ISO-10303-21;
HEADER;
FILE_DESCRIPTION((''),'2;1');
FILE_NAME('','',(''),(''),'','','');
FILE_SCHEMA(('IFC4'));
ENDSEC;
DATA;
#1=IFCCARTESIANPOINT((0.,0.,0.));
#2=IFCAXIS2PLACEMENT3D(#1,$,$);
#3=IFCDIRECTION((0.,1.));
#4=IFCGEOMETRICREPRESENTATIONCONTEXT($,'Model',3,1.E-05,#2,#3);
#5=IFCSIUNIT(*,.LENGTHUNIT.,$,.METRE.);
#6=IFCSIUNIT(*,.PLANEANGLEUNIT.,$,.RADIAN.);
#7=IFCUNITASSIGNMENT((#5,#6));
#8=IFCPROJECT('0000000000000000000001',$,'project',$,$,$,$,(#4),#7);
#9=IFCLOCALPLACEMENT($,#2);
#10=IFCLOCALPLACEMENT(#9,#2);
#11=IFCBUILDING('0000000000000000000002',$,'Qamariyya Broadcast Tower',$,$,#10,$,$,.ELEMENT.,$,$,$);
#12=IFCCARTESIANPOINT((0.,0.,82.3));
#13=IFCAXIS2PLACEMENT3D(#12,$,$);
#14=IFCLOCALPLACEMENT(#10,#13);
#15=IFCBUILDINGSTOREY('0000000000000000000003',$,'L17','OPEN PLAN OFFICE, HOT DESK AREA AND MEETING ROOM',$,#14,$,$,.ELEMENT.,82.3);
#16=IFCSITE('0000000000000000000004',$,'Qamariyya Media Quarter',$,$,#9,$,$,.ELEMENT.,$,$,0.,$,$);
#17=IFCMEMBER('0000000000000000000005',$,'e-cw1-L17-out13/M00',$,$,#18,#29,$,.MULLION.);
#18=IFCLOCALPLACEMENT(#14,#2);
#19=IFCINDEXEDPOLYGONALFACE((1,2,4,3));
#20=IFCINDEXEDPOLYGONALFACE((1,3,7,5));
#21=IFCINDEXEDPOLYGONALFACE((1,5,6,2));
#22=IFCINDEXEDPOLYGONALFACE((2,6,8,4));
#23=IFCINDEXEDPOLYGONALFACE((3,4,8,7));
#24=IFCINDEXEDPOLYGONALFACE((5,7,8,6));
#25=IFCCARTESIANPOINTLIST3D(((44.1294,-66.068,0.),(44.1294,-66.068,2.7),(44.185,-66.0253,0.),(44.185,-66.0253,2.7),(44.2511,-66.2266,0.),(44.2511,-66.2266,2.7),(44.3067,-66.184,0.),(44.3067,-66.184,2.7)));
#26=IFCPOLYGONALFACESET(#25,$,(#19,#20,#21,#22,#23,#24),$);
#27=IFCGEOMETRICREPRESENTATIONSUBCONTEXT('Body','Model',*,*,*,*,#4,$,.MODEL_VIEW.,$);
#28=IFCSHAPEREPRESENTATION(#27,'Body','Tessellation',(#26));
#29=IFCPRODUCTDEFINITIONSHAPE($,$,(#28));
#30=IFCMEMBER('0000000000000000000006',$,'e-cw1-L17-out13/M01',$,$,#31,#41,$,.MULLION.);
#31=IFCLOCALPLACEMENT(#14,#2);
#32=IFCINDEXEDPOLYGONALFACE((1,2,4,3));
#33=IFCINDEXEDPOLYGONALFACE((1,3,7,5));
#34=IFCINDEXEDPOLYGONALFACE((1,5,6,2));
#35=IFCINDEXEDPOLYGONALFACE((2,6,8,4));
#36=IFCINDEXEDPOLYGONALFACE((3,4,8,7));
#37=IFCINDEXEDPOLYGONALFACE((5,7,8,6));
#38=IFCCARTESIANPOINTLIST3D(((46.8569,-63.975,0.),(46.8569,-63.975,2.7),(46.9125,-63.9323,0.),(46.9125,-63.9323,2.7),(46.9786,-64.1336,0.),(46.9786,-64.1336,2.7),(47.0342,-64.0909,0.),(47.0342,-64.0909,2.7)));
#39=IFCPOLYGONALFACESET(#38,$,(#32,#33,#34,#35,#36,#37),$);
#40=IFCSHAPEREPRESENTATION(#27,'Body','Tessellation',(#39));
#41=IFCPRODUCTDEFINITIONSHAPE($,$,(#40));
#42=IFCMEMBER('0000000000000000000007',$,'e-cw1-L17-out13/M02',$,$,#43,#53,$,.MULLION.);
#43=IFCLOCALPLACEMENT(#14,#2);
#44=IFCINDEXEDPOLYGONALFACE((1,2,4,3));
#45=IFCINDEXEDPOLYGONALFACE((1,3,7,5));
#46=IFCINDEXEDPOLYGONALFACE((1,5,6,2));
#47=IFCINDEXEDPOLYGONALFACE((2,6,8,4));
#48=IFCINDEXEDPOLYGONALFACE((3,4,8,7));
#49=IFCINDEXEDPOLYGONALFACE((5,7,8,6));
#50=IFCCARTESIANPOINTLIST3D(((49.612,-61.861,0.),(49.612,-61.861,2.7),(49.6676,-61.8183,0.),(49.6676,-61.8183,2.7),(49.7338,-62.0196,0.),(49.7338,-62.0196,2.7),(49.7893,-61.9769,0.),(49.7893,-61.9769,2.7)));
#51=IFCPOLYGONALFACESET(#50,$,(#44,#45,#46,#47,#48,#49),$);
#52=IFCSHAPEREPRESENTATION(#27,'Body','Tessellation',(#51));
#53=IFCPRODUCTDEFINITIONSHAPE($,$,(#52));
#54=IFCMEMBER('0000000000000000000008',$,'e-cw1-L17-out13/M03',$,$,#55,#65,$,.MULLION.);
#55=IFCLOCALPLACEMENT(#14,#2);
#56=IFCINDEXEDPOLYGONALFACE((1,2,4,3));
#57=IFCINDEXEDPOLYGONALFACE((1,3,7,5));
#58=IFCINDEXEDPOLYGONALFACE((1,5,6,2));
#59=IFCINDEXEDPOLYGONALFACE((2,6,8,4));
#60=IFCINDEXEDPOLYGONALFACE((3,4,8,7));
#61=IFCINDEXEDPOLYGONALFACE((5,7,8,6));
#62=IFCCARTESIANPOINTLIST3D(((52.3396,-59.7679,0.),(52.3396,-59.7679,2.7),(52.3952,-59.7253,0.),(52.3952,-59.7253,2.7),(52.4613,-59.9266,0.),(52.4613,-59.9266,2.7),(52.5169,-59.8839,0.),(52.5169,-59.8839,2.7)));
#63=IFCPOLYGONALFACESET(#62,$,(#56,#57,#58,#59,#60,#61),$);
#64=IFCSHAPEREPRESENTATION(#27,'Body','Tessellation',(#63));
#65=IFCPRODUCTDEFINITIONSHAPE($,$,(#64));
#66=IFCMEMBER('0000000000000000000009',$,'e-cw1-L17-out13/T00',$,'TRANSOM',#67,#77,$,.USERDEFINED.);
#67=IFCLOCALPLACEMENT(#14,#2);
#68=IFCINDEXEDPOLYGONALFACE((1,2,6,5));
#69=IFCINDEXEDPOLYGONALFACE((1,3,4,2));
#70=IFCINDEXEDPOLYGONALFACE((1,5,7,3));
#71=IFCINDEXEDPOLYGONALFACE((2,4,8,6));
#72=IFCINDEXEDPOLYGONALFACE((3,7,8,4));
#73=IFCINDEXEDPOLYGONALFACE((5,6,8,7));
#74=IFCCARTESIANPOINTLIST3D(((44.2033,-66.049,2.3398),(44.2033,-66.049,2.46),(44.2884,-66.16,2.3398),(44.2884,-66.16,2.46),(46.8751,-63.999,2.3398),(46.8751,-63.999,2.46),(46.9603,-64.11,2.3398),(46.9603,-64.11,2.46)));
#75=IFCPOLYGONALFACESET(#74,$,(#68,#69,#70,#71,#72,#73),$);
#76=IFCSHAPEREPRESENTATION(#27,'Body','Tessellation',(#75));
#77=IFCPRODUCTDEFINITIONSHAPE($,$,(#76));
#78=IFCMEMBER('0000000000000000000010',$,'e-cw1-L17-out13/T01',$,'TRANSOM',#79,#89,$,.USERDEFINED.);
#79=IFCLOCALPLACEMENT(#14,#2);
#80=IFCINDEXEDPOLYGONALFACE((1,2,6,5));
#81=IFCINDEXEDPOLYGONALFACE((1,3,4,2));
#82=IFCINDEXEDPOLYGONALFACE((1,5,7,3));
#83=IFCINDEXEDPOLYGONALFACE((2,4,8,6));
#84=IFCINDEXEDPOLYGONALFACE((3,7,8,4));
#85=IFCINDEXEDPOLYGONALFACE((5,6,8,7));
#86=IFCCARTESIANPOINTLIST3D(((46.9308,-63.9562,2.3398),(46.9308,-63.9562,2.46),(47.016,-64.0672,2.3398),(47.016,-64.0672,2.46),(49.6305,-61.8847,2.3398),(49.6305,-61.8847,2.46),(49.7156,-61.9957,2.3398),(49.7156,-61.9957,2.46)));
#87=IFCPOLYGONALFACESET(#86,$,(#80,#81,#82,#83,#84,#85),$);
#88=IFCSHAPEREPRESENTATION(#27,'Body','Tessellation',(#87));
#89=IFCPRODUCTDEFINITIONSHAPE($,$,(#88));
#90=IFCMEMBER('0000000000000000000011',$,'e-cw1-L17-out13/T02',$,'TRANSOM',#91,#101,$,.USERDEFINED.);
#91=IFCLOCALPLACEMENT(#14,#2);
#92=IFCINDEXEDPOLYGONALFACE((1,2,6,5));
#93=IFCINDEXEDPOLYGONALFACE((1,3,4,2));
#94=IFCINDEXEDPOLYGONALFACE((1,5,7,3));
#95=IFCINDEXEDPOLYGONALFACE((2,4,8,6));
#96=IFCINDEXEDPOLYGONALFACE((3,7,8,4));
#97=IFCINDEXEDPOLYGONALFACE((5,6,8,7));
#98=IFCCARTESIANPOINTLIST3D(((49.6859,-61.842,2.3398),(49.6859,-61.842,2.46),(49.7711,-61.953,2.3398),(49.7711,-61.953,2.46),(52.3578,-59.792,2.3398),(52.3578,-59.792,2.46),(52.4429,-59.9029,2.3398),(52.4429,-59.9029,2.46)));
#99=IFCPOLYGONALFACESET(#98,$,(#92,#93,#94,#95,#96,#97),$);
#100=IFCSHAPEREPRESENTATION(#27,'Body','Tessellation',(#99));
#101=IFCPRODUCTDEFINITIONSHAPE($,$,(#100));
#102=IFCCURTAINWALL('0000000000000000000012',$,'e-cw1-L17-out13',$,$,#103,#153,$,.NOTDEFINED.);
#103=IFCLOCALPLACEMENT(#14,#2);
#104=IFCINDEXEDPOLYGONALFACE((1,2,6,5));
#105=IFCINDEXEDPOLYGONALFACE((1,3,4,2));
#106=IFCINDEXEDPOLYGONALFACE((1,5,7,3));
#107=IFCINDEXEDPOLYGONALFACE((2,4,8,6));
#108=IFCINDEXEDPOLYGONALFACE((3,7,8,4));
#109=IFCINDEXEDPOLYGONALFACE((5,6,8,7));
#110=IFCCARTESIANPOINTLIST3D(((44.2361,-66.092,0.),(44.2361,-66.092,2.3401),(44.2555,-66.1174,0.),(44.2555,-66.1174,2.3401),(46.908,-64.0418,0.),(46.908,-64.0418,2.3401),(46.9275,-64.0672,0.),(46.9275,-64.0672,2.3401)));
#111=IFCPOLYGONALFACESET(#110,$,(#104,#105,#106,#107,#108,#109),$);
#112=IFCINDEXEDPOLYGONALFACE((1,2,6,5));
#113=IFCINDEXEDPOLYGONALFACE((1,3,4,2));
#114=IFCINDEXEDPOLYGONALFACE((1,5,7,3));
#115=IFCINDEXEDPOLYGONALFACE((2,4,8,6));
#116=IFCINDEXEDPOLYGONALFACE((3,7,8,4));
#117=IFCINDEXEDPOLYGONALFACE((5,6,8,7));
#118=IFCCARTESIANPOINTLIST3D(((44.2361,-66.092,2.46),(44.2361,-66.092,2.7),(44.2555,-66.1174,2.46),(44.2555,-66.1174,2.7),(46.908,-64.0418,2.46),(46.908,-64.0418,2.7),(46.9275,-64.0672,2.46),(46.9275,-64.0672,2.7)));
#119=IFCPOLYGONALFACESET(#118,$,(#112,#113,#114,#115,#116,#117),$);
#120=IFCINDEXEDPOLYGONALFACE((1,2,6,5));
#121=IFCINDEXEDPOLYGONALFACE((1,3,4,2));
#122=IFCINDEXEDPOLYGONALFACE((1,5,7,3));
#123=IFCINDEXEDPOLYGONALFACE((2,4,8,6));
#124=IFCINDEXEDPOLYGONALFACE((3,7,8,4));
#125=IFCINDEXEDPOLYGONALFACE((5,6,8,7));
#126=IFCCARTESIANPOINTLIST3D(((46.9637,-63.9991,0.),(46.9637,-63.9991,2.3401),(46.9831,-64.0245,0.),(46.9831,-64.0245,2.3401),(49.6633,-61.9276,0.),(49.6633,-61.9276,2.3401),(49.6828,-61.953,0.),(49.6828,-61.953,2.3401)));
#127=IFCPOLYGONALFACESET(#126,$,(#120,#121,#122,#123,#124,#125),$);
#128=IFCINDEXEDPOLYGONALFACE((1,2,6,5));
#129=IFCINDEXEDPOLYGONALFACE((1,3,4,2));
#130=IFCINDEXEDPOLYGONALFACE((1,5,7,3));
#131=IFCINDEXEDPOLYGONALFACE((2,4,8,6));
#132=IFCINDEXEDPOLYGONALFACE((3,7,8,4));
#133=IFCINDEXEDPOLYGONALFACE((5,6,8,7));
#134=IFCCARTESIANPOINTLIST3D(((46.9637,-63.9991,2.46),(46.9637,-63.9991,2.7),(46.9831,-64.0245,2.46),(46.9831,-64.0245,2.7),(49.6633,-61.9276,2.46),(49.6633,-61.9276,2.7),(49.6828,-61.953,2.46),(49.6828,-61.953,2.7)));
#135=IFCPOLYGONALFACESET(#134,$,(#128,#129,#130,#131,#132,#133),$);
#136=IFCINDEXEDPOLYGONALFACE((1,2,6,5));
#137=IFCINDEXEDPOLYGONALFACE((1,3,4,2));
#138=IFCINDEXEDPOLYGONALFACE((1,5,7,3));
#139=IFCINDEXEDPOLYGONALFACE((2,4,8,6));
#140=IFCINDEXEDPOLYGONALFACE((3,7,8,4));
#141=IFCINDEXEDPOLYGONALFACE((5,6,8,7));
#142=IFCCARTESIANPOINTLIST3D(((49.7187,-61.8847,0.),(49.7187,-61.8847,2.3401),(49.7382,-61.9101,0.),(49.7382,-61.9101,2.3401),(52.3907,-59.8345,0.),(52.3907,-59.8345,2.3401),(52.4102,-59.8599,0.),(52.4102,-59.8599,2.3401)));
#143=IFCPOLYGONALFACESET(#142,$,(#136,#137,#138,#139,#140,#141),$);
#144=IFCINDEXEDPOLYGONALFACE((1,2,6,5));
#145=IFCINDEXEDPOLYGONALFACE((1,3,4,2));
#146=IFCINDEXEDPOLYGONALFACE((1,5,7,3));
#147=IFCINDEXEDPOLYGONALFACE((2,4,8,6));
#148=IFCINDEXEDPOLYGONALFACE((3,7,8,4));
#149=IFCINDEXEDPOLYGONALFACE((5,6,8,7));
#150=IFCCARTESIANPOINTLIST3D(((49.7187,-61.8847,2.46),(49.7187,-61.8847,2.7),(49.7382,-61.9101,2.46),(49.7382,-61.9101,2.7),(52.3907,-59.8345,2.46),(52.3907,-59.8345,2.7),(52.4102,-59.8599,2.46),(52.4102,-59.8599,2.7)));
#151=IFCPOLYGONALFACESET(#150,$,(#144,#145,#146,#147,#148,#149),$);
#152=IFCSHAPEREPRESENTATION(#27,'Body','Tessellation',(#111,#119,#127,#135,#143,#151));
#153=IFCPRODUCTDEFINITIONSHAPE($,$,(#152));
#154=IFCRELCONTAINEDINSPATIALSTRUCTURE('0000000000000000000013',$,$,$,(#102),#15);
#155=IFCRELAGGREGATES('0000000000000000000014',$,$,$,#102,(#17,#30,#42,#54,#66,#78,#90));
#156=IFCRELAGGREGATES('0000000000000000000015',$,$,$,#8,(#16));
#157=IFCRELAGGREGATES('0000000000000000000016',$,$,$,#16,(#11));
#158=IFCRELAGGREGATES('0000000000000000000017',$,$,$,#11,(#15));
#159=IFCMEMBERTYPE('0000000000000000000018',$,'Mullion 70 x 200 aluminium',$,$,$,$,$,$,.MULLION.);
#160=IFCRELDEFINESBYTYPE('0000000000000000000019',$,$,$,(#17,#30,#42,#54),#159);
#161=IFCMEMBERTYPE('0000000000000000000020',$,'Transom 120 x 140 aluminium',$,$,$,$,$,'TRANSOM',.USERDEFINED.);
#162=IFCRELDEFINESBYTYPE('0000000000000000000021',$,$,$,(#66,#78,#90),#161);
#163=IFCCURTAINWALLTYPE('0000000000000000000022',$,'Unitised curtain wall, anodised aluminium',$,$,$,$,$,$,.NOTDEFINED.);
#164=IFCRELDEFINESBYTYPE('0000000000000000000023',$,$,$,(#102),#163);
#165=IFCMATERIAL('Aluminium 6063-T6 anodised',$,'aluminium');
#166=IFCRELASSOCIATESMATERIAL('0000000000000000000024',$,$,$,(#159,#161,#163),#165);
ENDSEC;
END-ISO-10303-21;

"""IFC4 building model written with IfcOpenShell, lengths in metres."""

from ifc_helpers import new_model, si_unit, direction, frame, origin, origin_2d, place, context, subcontext, project, spatial, rectangle, extrude, material, material_profile, profile_set, type_object, element, aggregate, save


model = new_model("IFC4")

# Units and contexts
model_context = context("Model", 3, precision=1e-05, world=origin(), true_north=direction((0.0, 1.0)))
body_context = subcontext(model_context, "Body", "Model", "MODEL_VIEW")
ifc_project = project(units=[si_unit("LENGTHUNIT", "METRE"), si_unit("PLANEANGLEUNIT", "RADIAN")], contexts=[model_context])

# Members
ifc_material = material(Name="Aluminium 6063-T6 anodised", Category="aluminium")
ifc_material_profile_1 = material_profile(ifc_material, rectangle(XDim=0.2, YDim=0.0701, at=origin_2d()))
ifc_profile_set_1 = profile_set([ifc_material_profile_1], Name="Aluminium 6063-T6 anodised")
member_type_1 = type_object("IfcMemberType", Name="Mullion 70 x 200 aluminium", PredefinedType="MULLION", material=ifc_profile_set_1)
site_placement = place(None, origin())
building_placement = place(site_placement, origin())
storey_placement = place(building_placement, frame((0.0, 0.0, 82.3)))
member_1_placement = place(storey_placement, frame((44.218, -66.126, 0.0), z_axis=(0.0, 0.0, 1.0), x_axis=(-0.608761, 0.793353, 0.0)))
member_1 = element("IfcMember", 1, at=member_1_placement, type_object=member_type_1, Name="e-cw1-L17-out13/M00", PredefinedType="MULLION", context=body_context, shape_type="SweptSolid", body=[
    extrude(rectangle(XDim=0.2, YDim=0.0701, at=origin_2d()), origin(), (0.0, 0.0, 1.0), 2.7),
])
member_2_placement = place(storey_placement, frame((46.9456, -64.033, 0.0), z_axis=(0.0, 0.0, 1.0), x_axis=(-0.608761, 0.793353, 0.0)))
member_2 = element("IfcMember", 2, at=member_2_placement, type_object=member_type_1, Name="e-cw1-L17-out13/M01", PredefinedType="MULLION", context=body_context, shape_type="SweptSolid", body=[
    extrude(rectangle(XDim=0.2, YDim=0.0701, at=origin_2d()), origin(), (0.0, 0.0, 1.0), 2.7),
])
member_3_placement = place(storey_placement, frame((49.7007, -61.9189, 0.0), z_axis=(0.0, 0.0, 1.0), x_axis=(-0.608761, 0.793353, 0.0)))
member_3 = element("IfcMember", 3, at=member_3_placement, type_object=member_type_1, Name="e-cw1-L17-out13/M02", PredefinedType="MULLION", context=body_context, shape_type="SweptSolid", body=[
    extrude(rectangle(XDim=0.2, YDim=0.0701, at=origin_2d()), origin(), (0.0, 0.0, 1.0), 2.7),
])
member_4_placement = place(storey_placement, frame((52.4282, -59.8259, 0.0), z_axis=(0.0, 0.0, 1.0), x_axis=(-0.608761, 0.793353, 0.0)))
member_4 = element("IfcMember", 4, at=member_4_placement, type_object=member_type_1, Name="e-cw1-L17-out13/M03", PredefinedType="MULLION", context=body_context, shape_type="SweptSolid", body=[
    extrude(rectangle(XDim=0.2, YDim=0.0701, at=origin_2d()), origin(), (0.0, 0.0, 1.0), 2.7),
])
ifc_material_profile_2 = material_profile(ifc_material, rectangle(XDim=0.1399, YDim=0.1201, at=origin_2d()))
ifc_profile_set_2 = profile_set([ifc_material_profile_2], Name="Aluminium 6063-T6 anodised")
member_type_2 = type_object("IfcMemberType", Name="Transom 120 x 140 aluminium", ElementType="TRANSOM", PredefinedType="USERDEFINED", material=ifc_profile_set_2)
member_5_placement = place(storey_placement, frame((44.2458, -66.1045, 2.3999), z_axis=(0.793375, 0.608733, 0.0), x_axis=(-0.608733, 0.793375, 0.0)))
member_5 = element("IfcMember", 5, at=member_5_placement, type_object=member_type_2, Name="e-cw1-L17-out13/T00", ObjectType="TRANSOM", PredefinedType="USERDEFINED", context=body_context, shape_type="SweptSolid", body=[
    extrude(rectangle(XDim=0.1399, YDim=0.1201, at=origin_2d()), origin(), (0.0, 0.0, 1.0), 3.3677),
])
member_6_placement = place(storey_placement, frame((46.9734, -64.0117, 2.3999), z_axis=(0.793357, 0.608757, 0.0), x_axis=(-0.608757, 0.793357, 0.0)))
member_6 = element("IfcMember", 6, at=member_6_placement, type_object=member_type_2, Name="e-cw1-L17-out13/T01", ObjectType="TRANSOM", PredefinedType="USERDEFINED", context=body_context, shape_type="SweptSolid", body=[
    extrude(rectangle(XDim=0.1399, YDim=0.1201, at=origin_2d()), origin(), (0.0, 0.0, 1.0), 3.4028),
])
member_7_placement = place(storey_placement, frame((49.7285, -61.8975, 2.3999), z_axis=(0.793375, 0.608733, 0.0), x_axis=(-0.608733, 0.793375, 0.0)))
member_7 = element("IfcMember", 7, at=member_7_placement, type_object=member_type_2, Name="e-cw1-L17-out13/T02", ObjectType="TRANSOM", PredefinedType="USERDEFINED", context=body_context, shape_type="SweptSolid", body=[
    extrude(rectangle(XDim=0.1399, YDim=0.1201, at=origin_2d()), origin(), (0.0, 0.0, 1.0), 3.3677),
])

# Site, building, storey
site = spatial("IfcSite", under=ifc_project, at=site_placement, Name="Qamariyya Media Quarter", CompositionType="ELEMENT", RefElevation=0.0)
building = spatial("IfcBuilding", under=site, at=building_placement, Name="Qamariyya Broadcast Tower", CompositionType="ELEMENT")
storey = spatial("IfcBuildingStorey", under=building, at=storey_placement, Name="L17", Description="OPEN PLAN OFFICE, HOT DESK AREA AND MEETING ROOM", CompositionType="ELEMENT", Elevation=82.3)

# Curtain wall
curtain_wall_type = type_object("IfcCurtainWallType", Name="Unitised curtain wall, anodised aluminium", PredefinedType="NOTDEFINED", material=ifc_material)
curtain_wall_1_placement = place(storey_placement, origin())
curtain_wall_1 = element("IfcCurtainWall", 8, at=curtain_wall_1_placement, inside=storey, type_object=curtain_wall_type, Name="e-cw1-L17-out13", PredefinedType="NOTDEFINED", context=body_context, shape_type="SweptSolid", body=[
    extrude(rectangle(XDim=3.3679, YDim=0.032, at=origin_2d()), frame((45.5818, -65.0796, 0.0), x_axis=(0.793358, 0.608756, 0.0)), (0.0, 0.0, 1.0), 2.3401),
    extrude(rectangle(XDim=3.3679, YDim=0.032, at=origin_2d()), frame((45.5818, -65.0796, 2.46), x_axis=(0.793358, 0.608756, 0.0)), (0.0, 0.0, 1.0), 0.24),
    extrude(rectangle(XDim=3.4028, YDim=0.032, at=origin_2d()), frame((48.3232, -62.9761, 0.0), x_axis=(0.793358, 0.608756, 0.0)), (0.0, 0.0, 1.0), 2.3401),
    extrude(rectangle(XDim=3.4028, YDim=0.032, at=origin_2d()), frame((48.3232, -62.9761, 2.46), x_axis=(0.793358, 0.608756, 0.0)), (0.0, 0.0, 1.0), 0.24),
    extrude(rectangle(XDim=3.3679, YDim=0.032, at=origin_2d()), frame((51.0645, -60.8723, 0.0), x_axis=(0.793358, 0.608756, 0.0)), (0.0, 0.0, 1.0), 2.3401),
    extrude(rectangle(XDim=3.3679, YDim=0.032, at=origin_2d()), frame((51.0645, -60.8723, 2.46), x_axis=(0.793358, 0.608756, 0.0)), (0.0, 0.0, 1.0), 0.24),
])
aggregate(curtain_wall_1, [member_1, member_2, member_3, member_4, member_5, member_6, member_7])

save(model, "model.ifc")
